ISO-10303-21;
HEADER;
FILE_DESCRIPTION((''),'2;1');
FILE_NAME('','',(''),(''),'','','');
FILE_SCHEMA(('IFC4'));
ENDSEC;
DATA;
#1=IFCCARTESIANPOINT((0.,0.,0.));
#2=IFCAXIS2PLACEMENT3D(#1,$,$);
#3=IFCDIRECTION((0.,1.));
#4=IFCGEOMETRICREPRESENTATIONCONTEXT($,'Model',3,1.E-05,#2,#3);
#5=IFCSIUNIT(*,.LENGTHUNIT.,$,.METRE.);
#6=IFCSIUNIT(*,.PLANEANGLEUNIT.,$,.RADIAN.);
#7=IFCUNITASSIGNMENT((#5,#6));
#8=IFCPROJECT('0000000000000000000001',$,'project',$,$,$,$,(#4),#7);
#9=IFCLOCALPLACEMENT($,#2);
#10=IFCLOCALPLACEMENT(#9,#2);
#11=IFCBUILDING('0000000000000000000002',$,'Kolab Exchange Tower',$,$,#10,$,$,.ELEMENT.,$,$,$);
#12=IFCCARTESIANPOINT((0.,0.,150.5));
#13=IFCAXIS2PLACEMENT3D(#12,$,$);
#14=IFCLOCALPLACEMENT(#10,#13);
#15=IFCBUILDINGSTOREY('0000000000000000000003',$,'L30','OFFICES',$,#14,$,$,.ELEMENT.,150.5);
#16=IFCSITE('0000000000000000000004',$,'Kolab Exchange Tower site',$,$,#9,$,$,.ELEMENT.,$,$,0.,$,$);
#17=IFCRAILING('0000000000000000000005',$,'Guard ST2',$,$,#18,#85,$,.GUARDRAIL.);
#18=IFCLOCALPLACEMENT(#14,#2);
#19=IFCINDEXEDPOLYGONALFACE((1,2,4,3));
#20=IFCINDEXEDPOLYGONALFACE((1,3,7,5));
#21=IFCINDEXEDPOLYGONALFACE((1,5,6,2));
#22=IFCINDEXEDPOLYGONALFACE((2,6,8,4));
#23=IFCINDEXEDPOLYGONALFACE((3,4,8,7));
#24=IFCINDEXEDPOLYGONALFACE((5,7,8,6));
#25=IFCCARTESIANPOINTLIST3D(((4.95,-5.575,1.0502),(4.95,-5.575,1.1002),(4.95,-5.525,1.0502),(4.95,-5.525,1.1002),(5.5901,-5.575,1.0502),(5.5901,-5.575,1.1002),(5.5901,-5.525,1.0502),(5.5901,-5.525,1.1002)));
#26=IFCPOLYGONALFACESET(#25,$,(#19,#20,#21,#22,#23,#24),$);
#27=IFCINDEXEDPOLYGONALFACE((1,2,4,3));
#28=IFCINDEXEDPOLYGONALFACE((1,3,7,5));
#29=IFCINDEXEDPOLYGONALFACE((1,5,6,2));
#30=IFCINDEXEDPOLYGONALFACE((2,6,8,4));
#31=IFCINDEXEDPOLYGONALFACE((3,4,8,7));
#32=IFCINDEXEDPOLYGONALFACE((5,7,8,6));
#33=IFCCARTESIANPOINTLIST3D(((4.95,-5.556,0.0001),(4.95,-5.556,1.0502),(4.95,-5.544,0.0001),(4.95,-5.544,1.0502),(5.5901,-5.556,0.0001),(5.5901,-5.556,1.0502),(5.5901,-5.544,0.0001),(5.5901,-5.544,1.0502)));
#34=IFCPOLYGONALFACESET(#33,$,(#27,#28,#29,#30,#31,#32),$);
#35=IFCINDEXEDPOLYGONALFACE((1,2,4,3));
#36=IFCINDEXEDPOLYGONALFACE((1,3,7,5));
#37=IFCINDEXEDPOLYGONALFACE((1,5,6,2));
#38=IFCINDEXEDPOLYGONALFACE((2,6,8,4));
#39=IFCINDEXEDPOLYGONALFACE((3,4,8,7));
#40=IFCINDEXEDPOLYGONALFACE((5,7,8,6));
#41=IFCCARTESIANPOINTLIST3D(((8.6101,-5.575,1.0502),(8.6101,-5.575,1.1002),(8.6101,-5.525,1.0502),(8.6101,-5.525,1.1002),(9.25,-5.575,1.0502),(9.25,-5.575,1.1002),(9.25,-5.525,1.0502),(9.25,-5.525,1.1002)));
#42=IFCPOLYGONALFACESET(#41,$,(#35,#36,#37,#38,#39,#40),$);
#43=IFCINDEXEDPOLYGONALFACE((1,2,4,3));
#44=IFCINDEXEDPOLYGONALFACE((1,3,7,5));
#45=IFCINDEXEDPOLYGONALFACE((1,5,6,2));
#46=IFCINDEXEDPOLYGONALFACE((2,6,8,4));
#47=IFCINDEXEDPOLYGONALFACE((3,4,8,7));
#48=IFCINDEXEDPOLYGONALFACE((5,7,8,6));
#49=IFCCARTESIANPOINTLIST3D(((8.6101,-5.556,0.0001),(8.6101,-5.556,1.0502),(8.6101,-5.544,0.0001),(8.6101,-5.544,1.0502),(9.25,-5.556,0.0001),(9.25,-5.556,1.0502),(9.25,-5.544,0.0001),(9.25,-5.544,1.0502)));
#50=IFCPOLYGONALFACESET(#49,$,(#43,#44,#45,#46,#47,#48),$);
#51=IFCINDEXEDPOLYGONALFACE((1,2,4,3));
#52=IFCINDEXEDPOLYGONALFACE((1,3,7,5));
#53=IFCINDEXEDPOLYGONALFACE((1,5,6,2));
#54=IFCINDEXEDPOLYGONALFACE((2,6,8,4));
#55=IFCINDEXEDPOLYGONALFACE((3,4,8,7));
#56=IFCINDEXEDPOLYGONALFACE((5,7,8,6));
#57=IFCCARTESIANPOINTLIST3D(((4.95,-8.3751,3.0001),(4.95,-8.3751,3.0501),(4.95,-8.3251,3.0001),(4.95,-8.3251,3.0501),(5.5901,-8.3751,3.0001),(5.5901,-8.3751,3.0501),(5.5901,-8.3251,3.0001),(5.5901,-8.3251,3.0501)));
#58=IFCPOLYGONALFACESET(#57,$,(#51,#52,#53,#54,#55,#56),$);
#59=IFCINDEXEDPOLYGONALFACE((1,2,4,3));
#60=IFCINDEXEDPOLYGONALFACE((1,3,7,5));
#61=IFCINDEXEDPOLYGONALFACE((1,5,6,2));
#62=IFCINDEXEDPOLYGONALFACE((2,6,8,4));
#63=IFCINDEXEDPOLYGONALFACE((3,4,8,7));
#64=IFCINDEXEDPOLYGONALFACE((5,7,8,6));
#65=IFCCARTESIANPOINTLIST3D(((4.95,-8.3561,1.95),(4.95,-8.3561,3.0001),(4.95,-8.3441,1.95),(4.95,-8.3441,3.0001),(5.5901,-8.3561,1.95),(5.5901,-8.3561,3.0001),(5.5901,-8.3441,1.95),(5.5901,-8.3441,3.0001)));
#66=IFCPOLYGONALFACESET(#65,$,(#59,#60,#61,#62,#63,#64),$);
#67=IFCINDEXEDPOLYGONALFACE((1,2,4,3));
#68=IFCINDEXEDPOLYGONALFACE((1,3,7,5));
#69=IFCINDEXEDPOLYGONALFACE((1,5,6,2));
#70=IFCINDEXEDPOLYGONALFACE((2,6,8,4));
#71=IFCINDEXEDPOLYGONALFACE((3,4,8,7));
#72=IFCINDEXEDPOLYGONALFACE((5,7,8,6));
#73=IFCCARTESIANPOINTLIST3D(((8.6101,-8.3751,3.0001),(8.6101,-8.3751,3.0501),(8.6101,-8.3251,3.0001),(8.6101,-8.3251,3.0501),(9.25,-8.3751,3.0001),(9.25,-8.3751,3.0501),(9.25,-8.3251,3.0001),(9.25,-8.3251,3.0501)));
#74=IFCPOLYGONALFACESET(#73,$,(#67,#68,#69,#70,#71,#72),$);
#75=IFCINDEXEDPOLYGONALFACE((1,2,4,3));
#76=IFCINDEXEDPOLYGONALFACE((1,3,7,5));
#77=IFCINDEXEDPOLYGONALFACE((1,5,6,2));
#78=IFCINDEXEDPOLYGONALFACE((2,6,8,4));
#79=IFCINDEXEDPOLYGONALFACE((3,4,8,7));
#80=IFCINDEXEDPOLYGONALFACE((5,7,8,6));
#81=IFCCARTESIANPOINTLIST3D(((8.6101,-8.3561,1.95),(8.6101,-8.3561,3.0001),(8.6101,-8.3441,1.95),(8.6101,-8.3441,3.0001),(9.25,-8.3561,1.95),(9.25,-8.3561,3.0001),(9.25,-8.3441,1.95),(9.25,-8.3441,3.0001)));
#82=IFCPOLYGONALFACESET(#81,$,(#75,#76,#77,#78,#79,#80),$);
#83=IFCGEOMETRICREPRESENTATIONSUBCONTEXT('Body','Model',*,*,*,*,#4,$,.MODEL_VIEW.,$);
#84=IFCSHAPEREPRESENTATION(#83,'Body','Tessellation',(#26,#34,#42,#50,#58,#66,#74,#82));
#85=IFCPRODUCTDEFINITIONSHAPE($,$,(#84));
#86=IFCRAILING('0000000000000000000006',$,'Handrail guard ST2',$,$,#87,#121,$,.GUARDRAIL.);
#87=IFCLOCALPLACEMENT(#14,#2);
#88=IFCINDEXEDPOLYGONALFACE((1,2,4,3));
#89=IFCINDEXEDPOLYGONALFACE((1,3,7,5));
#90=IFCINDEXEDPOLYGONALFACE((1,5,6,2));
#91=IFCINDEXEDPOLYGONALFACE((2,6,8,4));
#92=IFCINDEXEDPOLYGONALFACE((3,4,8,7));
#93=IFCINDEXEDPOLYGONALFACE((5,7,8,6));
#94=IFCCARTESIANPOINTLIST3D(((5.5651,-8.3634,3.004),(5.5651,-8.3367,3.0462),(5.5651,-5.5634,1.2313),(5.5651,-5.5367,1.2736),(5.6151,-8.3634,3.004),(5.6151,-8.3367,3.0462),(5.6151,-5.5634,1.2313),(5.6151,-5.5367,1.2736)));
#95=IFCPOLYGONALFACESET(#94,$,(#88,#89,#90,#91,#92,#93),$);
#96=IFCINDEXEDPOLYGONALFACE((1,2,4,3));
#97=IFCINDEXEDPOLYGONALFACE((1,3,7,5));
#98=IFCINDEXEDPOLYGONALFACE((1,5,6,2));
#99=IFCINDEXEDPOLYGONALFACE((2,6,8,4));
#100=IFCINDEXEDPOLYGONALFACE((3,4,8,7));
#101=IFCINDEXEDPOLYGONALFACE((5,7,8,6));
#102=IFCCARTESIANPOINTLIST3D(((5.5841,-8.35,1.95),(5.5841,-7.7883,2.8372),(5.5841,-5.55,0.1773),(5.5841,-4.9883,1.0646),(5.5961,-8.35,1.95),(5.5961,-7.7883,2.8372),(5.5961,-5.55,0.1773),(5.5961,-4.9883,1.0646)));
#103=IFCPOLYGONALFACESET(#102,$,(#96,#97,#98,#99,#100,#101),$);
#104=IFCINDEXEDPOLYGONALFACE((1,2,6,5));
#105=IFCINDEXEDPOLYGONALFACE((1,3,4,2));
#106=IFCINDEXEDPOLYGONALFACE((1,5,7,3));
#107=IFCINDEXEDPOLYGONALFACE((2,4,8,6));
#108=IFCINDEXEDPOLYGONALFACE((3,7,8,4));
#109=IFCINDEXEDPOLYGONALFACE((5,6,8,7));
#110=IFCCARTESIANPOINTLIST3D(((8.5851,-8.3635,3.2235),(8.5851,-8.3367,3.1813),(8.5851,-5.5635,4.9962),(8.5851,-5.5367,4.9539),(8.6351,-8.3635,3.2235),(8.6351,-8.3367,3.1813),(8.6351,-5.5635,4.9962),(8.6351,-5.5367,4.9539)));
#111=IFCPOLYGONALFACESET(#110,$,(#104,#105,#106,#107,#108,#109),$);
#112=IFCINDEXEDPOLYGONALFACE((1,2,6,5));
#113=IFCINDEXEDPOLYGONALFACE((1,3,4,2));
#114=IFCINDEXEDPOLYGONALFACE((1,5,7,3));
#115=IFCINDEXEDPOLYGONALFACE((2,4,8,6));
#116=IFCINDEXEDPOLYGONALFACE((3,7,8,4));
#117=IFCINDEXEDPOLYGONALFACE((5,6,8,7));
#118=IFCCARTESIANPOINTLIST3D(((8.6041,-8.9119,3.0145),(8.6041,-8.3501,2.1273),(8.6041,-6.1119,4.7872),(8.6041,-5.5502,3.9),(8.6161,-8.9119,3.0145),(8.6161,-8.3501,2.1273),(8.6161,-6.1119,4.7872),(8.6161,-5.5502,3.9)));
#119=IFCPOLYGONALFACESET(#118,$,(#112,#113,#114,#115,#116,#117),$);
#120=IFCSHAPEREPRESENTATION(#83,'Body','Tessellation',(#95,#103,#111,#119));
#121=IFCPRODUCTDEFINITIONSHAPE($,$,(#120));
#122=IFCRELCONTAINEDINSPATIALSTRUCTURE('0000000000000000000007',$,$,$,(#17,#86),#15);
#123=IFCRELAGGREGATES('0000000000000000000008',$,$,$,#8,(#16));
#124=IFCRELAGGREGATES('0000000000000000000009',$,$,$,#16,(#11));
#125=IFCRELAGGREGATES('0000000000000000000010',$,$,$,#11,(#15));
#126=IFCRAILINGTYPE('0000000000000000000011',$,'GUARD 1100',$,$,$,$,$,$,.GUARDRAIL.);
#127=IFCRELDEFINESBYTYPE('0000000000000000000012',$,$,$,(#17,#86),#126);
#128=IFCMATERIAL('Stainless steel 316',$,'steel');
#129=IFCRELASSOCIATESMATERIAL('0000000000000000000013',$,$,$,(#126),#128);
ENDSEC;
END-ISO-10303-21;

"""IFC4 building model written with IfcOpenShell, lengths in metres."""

from ifc_helpers import new_model, si_unit, direction, frame, frame_2d, origin, origin_2d, place, context, subcontext, project, spatial, rectangle, extrude, material, type_object, element, save


model = new_model("IFC4")

# Units and contexts
model_context = context("Model", 3, precision=1e-05, world=origin(), true_north=direction((0.0, 1.0)))
body_context = subcontext(model_context, "Body", "Model", "MODEL_VIEW")
ifc_project = project(units=[si_unit("LENGTHUNIT", "METRE"), si_unit("PLANEANGLEUNIT", "RADIAN")], contexts=[model_context])

# Site, building, storey
site_placement = place(None, origin())
site = spatial("IfcSite", under=ifc_project, at=site_placement, Name="Kolab Exchange Tower site", CompositionType="ELEMENT", RefElevation=0.0)
building_placement = place(site_placement, origin())
building = spatial("IfcBuilding", under=site, at=building_placement, Name="Kolab Exchange Tower", CompositionType="ELEMENT")
storey_placement = place(building_placement, frame((0.0, 0.0, 150.5)))
storey = spatial("IfcBuildingStorey", under=building, at=storey_placement, Name="L30", Description="OFFICES", CompositionType="ELEMENT", Elevation=150.5)

# Shared definitions
ifc_material_1 = material(Name="Stainless steel 316", Category="steel")

# Railings
railing_type = type_object("IfcRailingType", Name="GUARD 1100", PredefinedType="GUARDRAIL", material=ifc_material_1)
railing_1_placement = place(storey_placement, frame((4.95, -5.55, 0.0)))
element("IfcRailing", 1, at=railing_1_placement, inside=storey, type_object=railing_type, Name="Guard ST2", PredefinedType="GUARDRAIL", context=body_context, shape_type="SweptSolid", body=[
    extrude(rectangle(XDim=0.05, YDim=0.05, at=origin_2d()), frame((0.0, 0.0, 1.0752), z_axis=(1.0, 0.0, 0.0), x_axis=(0.0, 1.0, 0.0)), (0.0, 0.0, 1.0), 0.6401),
    extrude(rectangle(XDim=0.012, YDim=1.0501, at=frame_2d((0.0, 0.5251))), frame((0.0, 0.0, 0.0), z_axis=(1.0, 0.0, 0.0), x_axis=(0.0, 1.0, 0.0)), (0.0, 0.0, 1.0), 0.6401),
    extrude(rectangle(XDim=0.05, YDim=0.05, at=origin_2d()), frame((3.6602, 0.0, 1.0752), z_axis=(1.0, 0.0, 0.0), x_axis=(0.0, 1.0, 0.0)), (0.0, 0.0, 1.0), 0.6399),
    extrude(rectangle(XDim=0.012, YDim=1.0501, at=frame_2d((0.0, 0.5251))), frame((3.6602, 0.0, 0.0), z_axis=(1.0, 0.0, 0.0), x_axis=(0.0, 1.0, 0.0)), (0.0, 0.0, 1.0), 0.6399),
    extrude(rectangle(XDim=0.05, YDim=0.05, at=origin_2d()), frame((0.0, -2.8, 3.0251), z_axis=(1.0, 0.0, 0.0), x_axis=(0.0, 1.0, 0.0)), (0.0, 0.0, 1.0), 0.6401),
    extrude(rectangle(XDim=0.012, YDim=1.0501, at=frame_2d((0.0, 0.5251))), frame((0.0, -2.8, 1.95), z_axis=(1.0, 0.0, 0.0), x_axis=(0.0, 1.0, 0.0)), (0.0, 0.0, 1.0), 0.6401),
    extrude(rectangle(XDim=0.05, YDim=0.05, at=origin_2d()), frame((3.6602, -2.8, 3.0251), z_axis=(1.0, 0.0, 0.0), x_axis=(0.0, 1.0, 0.0)), (0.0, 0.0, 1.0), 0.6399),
    extrude(rectangle(XDim=0.012, YDim=1.0501, at=frame_2d((0.0, 0.5251))), frame((3.6602, -2.8, 1.95), z_axis=(1.0, 0.0, 0.0), x_axis=(0.0, 1.0, 0.0)), (0.0, 0.0, 1.0), 0.6399),
])
railing_2_placement = place(storey_placement, frame((5.5901, -5.55, 0.1772)))
element("IfcRailing", 2, at=railing_2_placement, inside=storey, type_object=railing_type, Name="Handrail guard ST2", PredefinedType="GUARDRAIL", context=body_context, shape_type="SweptSolid", body=[
    extrude(rectangle(XDim=0.05, YDim=0.05, at=origin_2d()), frame((0.0, 0.0, 1.0752), z_axis=(0.0, -0.844909, 0.53491), x_axis=(1.0, 0.0, 0.0)), (0.0, 0.0, 1.0), 3.314),
    extrude(rectangle(XDim=0.012, YDim=1.0501, at=frame_2d((0.0, 0.5251))), frame((0.0, 0.0, 0.0), z_axis=(0.0, -0.844909, 0.53491), x_axis=(1.0, 0.0, 0.0)), (0.0, 0.0, 1.0), 3.314),
    extrude(rectangle(XDim=0.05, YDim=0.05, at=origin_2d()), frame((3.02, -2.8, 3.0251), z_axis=(0.0, 0.844909, 0.53491), x_axis=(-1.0, 0.0, 0.0)), (0.0, 0.0, 1.0), 3.314),
    extrude(rectangle(XDim=0.012, YDim=1.0501, at=frame_2d((0.0, 0.5251))), frame((3.02, -2.8, 1.95), z_axis=(0.0, 0.844909, 0.53491), x_axis=(-1.0, 0.0, 0.0)), (0.0, 0.0, 1.0), 3.314),
])

save(model, "model.ifc")
